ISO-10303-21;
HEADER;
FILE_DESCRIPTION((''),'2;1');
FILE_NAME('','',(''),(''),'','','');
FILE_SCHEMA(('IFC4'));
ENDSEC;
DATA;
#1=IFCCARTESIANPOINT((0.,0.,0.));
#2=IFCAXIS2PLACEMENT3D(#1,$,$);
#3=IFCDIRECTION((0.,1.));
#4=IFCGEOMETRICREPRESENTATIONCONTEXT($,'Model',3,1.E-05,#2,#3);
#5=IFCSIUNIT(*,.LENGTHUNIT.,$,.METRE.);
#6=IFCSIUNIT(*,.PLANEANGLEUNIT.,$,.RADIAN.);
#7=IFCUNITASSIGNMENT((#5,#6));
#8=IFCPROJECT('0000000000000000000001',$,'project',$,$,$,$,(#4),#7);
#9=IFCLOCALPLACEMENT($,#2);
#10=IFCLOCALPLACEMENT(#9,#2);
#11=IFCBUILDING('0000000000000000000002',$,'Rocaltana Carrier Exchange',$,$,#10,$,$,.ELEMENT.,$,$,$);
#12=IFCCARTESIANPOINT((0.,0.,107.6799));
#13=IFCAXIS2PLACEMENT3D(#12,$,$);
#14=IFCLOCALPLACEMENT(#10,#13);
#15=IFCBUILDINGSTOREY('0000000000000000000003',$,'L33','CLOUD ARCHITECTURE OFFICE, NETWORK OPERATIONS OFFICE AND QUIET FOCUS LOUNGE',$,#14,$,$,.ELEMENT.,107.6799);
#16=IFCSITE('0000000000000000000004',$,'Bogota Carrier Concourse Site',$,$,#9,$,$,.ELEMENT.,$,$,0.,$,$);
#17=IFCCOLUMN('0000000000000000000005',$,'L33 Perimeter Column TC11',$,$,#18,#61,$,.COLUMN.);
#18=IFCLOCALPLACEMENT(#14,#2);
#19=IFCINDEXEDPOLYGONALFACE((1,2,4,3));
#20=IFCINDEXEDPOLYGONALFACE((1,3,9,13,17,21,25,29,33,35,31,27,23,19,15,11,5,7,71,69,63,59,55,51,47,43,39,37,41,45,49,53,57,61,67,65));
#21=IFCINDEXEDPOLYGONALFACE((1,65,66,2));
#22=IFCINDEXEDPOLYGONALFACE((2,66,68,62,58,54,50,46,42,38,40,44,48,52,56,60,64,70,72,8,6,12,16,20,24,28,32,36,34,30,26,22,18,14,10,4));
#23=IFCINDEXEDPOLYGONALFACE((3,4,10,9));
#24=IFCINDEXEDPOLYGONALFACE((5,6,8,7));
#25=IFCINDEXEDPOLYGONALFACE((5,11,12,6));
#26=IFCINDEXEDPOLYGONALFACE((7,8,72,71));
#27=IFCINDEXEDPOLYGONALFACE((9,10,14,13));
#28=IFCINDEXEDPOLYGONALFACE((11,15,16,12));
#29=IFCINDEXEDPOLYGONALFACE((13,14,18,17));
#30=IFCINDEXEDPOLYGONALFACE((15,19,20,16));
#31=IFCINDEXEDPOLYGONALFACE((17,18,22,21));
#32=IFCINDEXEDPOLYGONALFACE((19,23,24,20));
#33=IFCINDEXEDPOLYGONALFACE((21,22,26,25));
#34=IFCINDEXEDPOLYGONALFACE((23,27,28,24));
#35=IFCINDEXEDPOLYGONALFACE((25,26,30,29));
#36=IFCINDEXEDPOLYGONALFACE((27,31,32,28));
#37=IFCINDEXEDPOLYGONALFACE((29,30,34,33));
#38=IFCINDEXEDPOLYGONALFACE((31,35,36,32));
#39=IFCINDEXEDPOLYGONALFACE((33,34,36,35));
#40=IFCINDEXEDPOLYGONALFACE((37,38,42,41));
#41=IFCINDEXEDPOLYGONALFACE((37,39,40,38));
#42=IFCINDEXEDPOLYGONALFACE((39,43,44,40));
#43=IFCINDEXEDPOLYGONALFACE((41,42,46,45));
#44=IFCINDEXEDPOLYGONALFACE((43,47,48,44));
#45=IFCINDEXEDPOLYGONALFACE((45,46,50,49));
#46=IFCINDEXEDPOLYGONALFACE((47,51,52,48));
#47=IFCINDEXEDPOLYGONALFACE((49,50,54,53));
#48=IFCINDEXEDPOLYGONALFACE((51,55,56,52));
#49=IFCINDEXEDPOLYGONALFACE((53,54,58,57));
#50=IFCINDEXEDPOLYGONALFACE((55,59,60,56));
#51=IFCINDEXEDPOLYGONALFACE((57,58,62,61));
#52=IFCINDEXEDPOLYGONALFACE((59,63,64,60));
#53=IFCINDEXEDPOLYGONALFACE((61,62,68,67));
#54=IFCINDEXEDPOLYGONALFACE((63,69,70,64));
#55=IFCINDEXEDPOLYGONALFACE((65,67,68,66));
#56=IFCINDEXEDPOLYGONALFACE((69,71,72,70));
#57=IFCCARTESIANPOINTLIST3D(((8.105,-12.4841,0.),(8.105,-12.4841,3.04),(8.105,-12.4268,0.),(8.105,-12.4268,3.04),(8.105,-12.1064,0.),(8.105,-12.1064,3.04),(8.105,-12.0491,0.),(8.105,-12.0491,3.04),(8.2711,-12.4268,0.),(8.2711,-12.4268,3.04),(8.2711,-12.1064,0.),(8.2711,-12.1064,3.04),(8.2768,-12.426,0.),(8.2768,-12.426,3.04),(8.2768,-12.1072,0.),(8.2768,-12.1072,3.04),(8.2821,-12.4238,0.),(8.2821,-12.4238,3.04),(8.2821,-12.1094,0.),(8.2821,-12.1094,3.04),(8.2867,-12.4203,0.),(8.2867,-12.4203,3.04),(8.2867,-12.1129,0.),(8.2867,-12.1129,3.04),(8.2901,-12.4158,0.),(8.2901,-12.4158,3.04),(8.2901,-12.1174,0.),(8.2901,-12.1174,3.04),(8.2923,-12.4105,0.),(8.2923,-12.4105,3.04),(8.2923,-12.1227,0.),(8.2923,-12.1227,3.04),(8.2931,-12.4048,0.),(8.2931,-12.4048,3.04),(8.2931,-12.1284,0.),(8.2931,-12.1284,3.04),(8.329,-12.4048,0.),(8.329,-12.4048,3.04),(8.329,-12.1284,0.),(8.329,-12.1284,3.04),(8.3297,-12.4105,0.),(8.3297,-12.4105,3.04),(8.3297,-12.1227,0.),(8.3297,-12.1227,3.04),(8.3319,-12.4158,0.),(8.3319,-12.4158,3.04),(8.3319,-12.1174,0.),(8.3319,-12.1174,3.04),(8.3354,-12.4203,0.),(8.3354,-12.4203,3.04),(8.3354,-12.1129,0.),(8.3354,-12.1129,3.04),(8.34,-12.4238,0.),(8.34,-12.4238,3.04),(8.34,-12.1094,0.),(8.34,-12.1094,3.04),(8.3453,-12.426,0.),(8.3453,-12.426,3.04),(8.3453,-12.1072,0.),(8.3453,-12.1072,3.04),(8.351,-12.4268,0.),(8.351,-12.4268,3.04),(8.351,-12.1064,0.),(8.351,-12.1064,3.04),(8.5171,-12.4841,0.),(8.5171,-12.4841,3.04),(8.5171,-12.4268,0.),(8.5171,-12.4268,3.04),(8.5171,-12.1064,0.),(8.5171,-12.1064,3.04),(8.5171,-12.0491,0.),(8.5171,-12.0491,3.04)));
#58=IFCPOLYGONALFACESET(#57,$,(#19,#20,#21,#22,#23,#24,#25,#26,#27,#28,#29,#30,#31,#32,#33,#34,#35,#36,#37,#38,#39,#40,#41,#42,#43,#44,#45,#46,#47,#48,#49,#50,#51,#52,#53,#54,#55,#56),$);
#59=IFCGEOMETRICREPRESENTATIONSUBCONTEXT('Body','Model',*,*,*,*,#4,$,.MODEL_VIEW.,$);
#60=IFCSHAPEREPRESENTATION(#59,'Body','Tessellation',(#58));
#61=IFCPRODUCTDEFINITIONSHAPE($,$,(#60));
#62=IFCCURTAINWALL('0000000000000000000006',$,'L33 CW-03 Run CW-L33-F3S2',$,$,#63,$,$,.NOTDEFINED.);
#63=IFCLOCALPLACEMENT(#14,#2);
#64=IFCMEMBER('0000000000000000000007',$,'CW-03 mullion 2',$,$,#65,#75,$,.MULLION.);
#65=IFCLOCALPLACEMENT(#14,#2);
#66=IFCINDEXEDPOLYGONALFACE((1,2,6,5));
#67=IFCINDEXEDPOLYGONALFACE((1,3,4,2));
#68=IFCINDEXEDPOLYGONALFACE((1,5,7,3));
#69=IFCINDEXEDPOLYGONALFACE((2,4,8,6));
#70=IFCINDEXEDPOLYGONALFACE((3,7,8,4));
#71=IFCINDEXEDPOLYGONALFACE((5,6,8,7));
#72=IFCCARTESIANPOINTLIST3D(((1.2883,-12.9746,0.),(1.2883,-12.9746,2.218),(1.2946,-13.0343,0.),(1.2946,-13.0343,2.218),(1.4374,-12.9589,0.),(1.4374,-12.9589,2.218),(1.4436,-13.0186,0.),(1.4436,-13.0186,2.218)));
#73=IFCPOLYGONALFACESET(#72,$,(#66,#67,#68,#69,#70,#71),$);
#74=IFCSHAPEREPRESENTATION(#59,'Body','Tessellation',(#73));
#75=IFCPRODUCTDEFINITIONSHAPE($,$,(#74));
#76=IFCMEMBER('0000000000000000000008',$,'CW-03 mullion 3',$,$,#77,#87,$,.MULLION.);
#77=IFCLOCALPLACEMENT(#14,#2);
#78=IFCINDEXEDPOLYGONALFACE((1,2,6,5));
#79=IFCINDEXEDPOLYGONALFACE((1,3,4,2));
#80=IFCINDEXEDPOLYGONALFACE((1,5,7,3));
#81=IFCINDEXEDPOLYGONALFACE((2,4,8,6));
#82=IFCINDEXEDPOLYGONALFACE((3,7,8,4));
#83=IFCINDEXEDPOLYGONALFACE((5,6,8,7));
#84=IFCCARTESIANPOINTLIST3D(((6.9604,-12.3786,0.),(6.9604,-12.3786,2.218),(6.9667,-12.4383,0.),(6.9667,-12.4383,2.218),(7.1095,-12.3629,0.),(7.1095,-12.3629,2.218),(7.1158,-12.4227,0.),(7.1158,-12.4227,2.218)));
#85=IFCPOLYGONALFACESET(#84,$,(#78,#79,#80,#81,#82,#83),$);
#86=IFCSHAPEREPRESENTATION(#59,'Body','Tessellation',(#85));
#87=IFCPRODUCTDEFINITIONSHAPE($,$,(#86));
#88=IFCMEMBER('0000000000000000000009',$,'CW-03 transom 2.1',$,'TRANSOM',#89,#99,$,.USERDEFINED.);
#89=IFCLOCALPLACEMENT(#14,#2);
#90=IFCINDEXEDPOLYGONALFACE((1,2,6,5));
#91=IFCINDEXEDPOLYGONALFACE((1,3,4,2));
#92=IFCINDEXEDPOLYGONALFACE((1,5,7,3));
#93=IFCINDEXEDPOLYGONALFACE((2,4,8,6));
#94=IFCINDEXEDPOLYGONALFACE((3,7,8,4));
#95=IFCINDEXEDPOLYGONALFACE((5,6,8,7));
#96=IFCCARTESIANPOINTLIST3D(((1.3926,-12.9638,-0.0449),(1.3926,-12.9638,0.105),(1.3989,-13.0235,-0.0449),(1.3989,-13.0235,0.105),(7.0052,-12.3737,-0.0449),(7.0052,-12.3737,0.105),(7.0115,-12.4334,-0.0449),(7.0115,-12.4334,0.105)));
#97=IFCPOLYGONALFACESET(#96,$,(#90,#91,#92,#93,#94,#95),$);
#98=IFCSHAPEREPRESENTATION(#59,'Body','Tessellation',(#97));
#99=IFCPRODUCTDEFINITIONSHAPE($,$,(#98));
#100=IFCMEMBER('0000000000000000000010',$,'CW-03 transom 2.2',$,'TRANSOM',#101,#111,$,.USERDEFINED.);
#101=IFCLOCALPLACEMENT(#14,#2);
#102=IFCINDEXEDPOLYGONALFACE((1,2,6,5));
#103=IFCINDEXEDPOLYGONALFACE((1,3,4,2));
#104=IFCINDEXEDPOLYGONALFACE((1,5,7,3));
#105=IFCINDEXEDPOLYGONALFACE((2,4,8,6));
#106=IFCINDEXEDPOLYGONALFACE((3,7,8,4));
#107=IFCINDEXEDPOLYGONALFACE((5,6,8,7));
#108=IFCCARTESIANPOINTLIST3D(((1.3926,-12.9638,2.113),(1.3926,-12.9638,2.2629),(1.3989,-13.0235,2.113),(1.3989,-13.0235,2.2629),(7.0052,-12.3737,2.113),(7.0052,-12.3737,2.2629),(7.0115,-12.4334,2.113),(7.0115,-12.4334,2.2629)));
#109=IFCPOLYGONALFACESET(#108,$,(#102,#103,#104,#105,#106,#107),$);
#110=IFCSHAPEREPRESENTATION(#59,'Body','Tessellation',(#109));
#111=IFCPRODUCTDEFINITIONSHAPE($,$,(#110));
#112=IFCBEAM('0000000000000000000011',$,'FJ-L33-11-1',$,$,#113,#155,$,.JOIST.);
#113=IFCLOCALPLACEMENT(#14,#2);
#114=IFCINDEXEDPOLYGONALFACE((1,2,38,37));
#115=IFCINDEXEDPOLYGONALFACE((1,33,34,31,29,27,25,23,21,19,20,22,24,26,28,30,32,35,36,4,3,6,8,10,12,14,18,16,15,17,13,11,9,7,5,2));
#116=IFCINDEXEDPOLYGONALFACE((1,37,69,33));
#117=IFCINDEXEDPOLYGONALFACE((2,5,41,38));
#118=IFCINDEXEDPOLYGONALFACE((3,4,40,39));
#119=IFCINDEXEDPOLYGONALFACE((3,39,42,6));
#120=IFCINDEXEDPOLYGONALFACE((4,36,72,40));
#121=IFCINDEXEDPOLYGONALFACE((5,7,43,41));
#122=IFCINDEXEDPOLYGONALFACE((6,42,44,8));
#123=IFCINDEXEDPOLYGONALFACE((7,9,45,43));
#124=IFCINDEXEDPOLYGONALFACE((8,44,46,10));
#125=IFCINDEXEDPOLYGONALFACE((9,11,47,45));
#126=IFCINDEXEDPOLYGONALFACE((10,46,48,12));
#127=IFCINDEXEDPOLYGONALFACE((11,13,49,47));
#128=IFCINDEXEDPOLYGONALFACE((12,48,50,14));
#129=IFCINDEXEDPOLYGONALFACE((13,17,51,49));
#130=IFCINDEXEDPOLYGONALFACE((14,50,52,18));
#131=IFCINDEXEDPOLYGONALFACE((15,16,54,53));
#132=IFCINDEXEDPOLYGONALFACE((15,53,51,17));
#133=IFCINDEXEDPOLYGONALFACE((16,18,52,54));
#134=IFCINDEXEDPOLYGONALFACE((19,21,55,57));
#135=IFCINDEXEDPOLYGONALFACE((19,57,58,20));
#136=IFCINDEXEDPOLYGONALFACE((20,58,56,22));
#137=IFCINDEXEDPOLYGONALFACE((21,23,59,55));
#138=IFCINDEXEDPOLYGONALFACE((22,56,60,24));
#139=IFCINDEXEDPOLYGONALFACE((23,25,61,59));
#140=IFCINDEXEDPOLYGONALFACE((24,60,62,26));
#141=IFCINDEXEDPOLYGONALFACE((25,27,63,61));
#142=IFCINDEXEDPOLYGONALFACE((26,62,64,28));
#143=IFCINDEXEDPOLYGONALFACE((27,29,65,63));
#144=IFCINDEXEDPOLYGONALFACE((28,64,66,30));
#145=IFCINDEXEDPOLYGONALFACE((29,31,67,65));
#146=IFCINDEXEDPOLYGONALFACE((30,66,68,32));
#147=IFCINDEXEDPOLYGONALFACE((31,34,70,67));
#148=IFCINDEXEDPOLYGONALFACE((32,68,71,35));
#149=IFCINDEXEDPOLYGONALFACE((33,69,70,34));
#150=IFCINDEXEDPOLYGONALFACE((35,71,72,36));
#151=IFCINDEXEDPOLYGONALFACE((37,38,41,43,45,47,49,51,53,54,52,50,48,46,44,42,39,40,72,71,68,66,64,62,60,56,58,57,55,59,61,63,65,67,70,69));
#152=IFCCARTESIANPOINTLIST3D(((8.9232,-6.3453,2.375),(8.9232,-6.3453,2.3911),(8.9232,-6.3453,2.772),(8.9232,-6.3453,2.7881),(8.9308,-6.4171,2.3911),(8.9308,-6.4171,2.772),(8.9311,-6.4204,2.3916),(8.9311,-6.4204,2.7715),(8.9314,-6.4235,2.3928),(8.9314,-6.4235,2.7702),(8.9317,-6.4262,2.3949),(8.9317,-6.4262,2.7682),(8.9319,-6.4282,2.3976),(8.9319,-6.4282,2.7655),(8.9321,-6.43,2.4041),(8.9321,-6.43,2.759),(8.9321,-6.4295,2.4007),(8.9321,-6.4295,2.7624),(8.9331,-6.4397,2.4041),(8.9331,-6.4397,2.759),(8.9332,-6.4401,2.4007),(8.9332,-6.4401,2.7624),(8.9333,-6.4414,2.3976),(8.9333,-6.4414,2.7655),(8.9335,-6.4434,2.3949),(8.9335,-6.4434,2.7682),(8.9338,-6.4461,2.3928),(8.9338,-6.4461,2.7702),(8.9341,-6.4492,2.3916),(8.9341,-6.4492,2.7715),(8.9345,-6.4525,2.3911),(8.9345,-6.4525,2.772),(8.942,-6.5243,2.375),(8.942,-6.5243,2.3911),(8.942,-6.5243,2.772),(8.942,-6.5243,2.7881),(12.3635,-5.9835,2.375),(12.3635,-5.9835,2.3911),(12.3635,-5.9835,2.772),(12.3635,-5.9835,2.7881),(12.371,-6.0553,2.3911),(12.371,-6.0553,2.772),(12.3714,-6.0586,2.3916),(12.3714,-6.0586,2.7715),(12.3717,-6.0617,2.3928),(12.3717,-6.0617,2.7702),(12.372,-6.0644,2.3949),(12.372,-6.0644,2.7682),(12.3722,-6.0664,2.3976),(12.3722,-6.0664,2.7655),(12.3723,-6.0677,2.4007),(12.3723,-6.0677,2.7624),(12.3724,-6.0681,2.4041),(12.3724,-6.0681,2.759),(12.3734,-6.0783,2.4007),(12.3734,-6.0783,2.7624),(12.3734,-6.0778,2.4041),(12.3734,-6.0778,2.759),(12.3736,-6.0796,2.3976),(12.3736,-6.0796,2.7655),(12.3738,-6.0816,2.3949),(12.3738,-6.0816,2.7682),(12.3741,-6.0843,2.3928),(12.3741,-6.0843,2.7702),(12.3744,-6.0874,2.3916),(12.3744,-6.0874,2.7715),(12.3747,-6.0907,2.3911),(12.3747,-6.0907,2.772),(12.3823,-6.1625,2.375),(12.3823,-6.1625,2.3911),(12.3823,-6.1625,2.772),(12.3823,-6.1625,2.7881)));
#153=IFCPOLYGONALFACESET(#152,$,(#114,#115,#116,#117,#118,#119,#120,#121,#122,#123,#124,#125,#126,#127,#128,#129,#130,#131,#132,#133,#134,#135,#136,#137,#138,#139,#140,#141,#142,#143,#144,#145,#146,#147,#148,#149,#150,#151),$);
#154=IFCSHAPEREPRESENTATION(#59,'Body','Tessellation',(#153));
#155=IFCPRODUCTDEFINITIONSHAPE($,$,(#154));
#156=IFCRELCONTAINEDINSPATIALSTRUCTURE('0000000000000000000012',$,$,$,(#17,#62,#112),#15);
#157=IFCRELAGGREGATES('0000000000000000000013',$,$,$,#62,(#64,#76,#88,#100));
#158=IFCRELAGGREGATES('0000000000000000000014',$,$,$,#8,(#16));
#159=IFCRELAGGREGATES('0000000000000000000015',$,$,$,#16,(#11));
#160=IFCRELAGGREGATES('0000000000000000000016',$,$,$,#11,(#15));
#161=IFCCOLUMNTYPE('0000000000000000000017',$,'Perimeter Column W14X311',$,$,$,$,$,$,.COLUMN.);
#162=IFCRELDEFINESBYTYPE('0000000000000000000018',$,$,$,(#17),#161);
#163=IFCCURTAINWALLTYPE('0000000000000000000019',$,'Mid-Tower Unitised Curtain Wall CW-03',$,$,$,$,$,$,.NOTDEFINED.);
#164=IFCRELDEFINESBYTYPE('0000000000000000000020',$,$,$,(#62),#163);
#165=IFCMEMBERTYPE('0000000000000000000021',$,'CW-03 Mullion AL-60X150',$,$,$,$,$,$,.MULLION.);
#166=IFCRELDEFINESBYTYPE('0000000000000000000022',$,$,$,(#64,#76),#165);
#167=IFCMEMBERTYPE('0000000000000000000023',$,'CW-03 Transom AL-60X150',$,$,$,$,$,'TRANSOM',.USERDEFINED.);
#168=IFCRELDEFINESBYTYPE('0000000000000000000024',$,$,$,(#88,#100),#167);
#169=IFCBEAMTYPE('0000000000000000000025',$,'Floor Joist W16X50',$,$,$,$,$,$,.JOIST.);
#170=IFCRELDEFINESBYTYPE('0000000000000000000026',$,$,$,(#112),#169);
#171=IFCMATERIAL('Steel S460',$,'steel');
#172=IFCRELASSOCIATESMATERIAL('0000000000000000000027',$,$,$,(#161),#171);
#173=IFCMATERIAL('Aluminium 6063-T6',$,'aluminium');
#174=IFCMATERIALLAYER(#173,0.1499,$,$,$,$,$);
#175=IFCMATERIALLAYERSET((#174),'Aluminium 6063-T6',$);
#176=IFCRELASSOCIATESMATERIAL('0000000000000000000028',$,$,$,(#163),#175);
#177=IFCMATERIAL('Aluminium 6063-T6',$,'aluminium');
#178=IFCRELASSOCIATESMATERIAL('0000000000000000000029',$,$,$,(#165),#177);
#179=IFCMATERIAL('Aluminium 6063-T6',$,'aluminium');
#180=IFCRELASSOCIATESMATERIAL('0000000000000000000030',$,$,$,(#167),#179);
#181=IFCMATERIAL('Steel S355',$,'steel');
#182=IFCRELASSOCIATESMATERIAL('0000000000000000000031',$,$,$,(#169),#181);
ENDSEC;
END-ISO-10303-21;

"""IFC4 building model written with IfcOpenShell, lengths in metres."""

from ifc_helpers import new_model, si_unit, direction, frame, origin, origin_2d, place, context, subcontext, project, spatial, rectangle, i_section, extrude, material, layer, layer_set, material_profile, profile_set, type_object, element, aggregate, save


model = new_model("IFC4")

# Units and contexts
model_context = context("Model", 3, precision=1e-05, world=origin(), true_north=direction((0.0, 1.0)))
body_context = subcontext(model_context, "Body", "Model", "MODEL_VIEW")
ifc_project = project(units=[si_unit("LENGTHUNIT", "METRE"), si_unit("PLANEANGLEUNIT", "RADIAN")], contexts=[model_context])

# Site, building, storey
site_placement = place(None, origin())
site = spatial("IfcSite", under=ifc_project, at=site_placement, Name="Bogota Carrier Concourse Site", CompositionType="ELEMENT", RefElevation=0.0)
building_placement = place(site_placement, origin())
building = spatial("IfcBuilding", under=site, at=building_placement, Name="Rocaltana Carrier Exchange", CompositionType="ELEMENT")
storey_placement = place(building_placement, frame((0.0, 0.0, 107.6799)))
storey = spatial("IfcBuildingStorey", under=building, at=storey_placement, Name="L33", Description="CLOUD ARCHITECTURE OFFICE, NETWORK OPERATIONS OFFICE AND QUIET FOCUS LOUNGE", CompositionType="ELEMENT", Elevation=107.6799)

# Column
ifc_material_1 = material(Name="Steel S460", Category="steel")
ifc_material_profile_1 = material_profile(ifc_material_1, i_section(OverallWidth=0.4121, OverallDepth=0.4351, WebThickness=0.0359, FlangeThickness=0.0574, FilletRadius=0.022, at=origin_2d()), Name="W14X311")
ifc_profile_set_1 = profile_set([ifc_material_profile_1], Name="Steel S460")
column_type = type_object("IfcColumnType", Name="Perimeter Column W14X311", PredefinedType="COLUMN", material=ifc_profile_set_1)
column_placement = place(storey_placement, frame((8.311, -12.2666, 0.0), z_axis=(0.0, 0.0, 1.0), x_axis=(1.0, 0.0, 0.0)))
element("IfcColumn", 1, at=column_placement, inside=storey, type_object=column_type, Name="L33 Perimeter Column TC11", PredefinedType="COLUMN", context=body_context, shape_type="SweptSolid", body=[
    extrude(i_section(OverallWidth=0.4121, OverallDepth=0.4351, WebThickness=0.0359, FlangeThickness=0.0574, FilletRadius=0.022, at=origin_2d()), origin(), (0.0, 0.0, 1.0), 3.04),
])

# Curtain wall, members
ifc_material_2 = material(Name="Aluminium 6063-T6", Category="aluminium")
ifc_layer_1 = layer(ifc_material_2, 0.1499)
ifc_layer_set_1 = layer_set([ifc_layer_1], Name="Aluminium 6063-T6")
curtain_wall_type = type_object("IfcCurtainWallType", Name="Mid-Tower Unitised Curtain Wall CW-03", PredefinedType="NOTDEFINED", material=ifc_layer_set_1)
curtain_wall_placement = place(storey_placement, origin())
curtain_wall = element("IfcCurtainWall", 2, at=curtain_wall_placement, inside=storey, type_object=curtain_wall_type, Name="L33 CW-03 Run CW-L33-F3S2", PredefinedType="NOTDEFINED")
ifc_material_3 = material(Name="Aluminium 6063-T6", Category="aluminium")
ifc_material_profile_2 = material_profile(ifc_material_3, rectangle(XDim=0.0601, YDim=0.1499, at=origin_2d()), Name="AL-60X150")
ifc_profile_set_2 = profile_set([ifc_material_profile_2], Name="Aluminium 6063-T6")
member_type_1 = type_object("IfcMemberType", Name="CW-03 Mullion AL-60X150", PredefinedType="MULLION", material=ifc_profile_set_2)
member_1_placement = place(storey_placement, frame((1.366, -12.9966, 0.0), z_axis=(0.0, 0.0, 1.0), x_axis=(-0.10453, 0.994522, 0.0)))
member_1 = element("IfcMember", 3, at=member_1_placement, type_object=member_type_1, Name="CW-03 mullion 2", PredefinedType="MULLION", context=body_context, shape_type="SweptSolid", body=[
    extrude(rectangle(XDim=0.0601, YDim=0.1499, at=origin_2d()), origin(), (0.0, 0.0, 1.0), 2.218),
])
member_2_placement = place(storey_placement, frame((7.0381, -12.4006, 0.0), z_axis=(0.0, 0.0, 1.0), x_axis=(-0.10453, 0.994522, 0.0)))
member_2 = element("IfcMember", 4, at=member_2_placement, type_object=member_type_1, Name="CW-03 mullion 3", PredefinedType="MULLION", context=body_context, shape_type="SweptSolid", body=[
    extrude(rectangle(XDim=0.0601, YDim=0.1499, at=origin_2d()), origin(), (0.0, 0.0, 1.0), 2.218),
])
ifc_material_4 = material(Name="Aluminium 6063-T6", Category="aluminium")
ifc_material_profile_3 = material_profile(ifc_material_4, rectangle(XDim=0.0601, YDim=0.1499, at=origin_2d()), Name="AL-60X150")
ifc_profile_set_3 = profile_set([ifc_material_profile_3], Name="Aluminium 6063-T6")
member_type_2 = type_object("IfcMemberType", Name="CW-03 Transom AL-60X150", ElementType="TRANSOM", PredefinedType="USERDEFINED", material=ifc_profile_set_3)
member_3_placement = place(storey_placement, frame((1.3958, -12.9937, 0.03), z_axis=(0.994518, 0.104561, 0.0), x_axis=(-0.104561, 0.994518, 0.0)))
member_3 = element("IfcMember", 5, at=member_3_placement, type_object=member_type_2, Name="CW-03 transom 2.1", ObjectType="TRANSOM", PredefinedType="USERDEFINED", context=body_context, shape_type="SweptSolid", body=[
    extrude(rectangle(XDim=0.0601, YDim=0.1499, at=origin_2d()), origin(), (0.0, 0.0, 1.0), 5.6436),
])
member_4_placement = place(storey_placement, frame((1.3958, -12.9937, 2.188), z_axis=(0.994518, 0.104561, 0.0), x_axis=(-0.104561, 0.994518, 0.0)))
member_4 = element("IfcMember", 6, at=member_4_placement, type_object=member_type_2, Name="CW-03 transom 2.2", ObjectType="TRANSOM", PredefinedType="USERDEFINED", context=body_context, shape_type="SweptSolid", body=[
    extrude(rectangle(XDim=0.0601, YDim=0.1499, at=origin_2d()), origin(), (0.0, 0.0, 1.0), 5.6436),
])

# Beam
ifc_material_5 = material(Name="Steel S355", Category="steel")
ifc_material_profile_4 = material_profile(ifc_material_5, i_section(OverallWidth=0.1799, OverallDepth=0.4131, WebThickness=0.0098, FlangeThickness=0.0161, FilletRadius=0.0129, at=origin_2d()), Name="W16X50")
ifc_profile_set_4 = profile_set([ifc_material_profile_4], Name="Steel S355")
beam_type_1 = type_object("IfcBeamType", Name="Floor Joist W16X50", PredefinedType="JOIST", material=ifc_profile_set_4)
beam_1_placement = place(storey_placement, frame((8.9326, -6.4348, 2.5815), z_axis=(0.994515, 0.104597, 0.0), x_axis=(-0.104597, 0.994515, 0.0)))
element("IfcBeam", 7, at=beam_1_placement, inside=storey, type_object=beam_type_1, Name="FJ-L33-11-1", PredefinedType="JOIST", context=body_context, shape_type="SweptSolid", body=[
    extrude(i_section(OverallWidth=0.1799, OverallDepth=0.4131, WebThickness=0.0098, FlangeThickness=0.0161, FilletRadius=0.0129, at=origin_2d()), origin(), (0.0, 0.0, 1.0), 3.4592),
])

aggregate(curtain_wall, [member_1, member_2, member_3, member_4])

save(model, "model.ifc")
